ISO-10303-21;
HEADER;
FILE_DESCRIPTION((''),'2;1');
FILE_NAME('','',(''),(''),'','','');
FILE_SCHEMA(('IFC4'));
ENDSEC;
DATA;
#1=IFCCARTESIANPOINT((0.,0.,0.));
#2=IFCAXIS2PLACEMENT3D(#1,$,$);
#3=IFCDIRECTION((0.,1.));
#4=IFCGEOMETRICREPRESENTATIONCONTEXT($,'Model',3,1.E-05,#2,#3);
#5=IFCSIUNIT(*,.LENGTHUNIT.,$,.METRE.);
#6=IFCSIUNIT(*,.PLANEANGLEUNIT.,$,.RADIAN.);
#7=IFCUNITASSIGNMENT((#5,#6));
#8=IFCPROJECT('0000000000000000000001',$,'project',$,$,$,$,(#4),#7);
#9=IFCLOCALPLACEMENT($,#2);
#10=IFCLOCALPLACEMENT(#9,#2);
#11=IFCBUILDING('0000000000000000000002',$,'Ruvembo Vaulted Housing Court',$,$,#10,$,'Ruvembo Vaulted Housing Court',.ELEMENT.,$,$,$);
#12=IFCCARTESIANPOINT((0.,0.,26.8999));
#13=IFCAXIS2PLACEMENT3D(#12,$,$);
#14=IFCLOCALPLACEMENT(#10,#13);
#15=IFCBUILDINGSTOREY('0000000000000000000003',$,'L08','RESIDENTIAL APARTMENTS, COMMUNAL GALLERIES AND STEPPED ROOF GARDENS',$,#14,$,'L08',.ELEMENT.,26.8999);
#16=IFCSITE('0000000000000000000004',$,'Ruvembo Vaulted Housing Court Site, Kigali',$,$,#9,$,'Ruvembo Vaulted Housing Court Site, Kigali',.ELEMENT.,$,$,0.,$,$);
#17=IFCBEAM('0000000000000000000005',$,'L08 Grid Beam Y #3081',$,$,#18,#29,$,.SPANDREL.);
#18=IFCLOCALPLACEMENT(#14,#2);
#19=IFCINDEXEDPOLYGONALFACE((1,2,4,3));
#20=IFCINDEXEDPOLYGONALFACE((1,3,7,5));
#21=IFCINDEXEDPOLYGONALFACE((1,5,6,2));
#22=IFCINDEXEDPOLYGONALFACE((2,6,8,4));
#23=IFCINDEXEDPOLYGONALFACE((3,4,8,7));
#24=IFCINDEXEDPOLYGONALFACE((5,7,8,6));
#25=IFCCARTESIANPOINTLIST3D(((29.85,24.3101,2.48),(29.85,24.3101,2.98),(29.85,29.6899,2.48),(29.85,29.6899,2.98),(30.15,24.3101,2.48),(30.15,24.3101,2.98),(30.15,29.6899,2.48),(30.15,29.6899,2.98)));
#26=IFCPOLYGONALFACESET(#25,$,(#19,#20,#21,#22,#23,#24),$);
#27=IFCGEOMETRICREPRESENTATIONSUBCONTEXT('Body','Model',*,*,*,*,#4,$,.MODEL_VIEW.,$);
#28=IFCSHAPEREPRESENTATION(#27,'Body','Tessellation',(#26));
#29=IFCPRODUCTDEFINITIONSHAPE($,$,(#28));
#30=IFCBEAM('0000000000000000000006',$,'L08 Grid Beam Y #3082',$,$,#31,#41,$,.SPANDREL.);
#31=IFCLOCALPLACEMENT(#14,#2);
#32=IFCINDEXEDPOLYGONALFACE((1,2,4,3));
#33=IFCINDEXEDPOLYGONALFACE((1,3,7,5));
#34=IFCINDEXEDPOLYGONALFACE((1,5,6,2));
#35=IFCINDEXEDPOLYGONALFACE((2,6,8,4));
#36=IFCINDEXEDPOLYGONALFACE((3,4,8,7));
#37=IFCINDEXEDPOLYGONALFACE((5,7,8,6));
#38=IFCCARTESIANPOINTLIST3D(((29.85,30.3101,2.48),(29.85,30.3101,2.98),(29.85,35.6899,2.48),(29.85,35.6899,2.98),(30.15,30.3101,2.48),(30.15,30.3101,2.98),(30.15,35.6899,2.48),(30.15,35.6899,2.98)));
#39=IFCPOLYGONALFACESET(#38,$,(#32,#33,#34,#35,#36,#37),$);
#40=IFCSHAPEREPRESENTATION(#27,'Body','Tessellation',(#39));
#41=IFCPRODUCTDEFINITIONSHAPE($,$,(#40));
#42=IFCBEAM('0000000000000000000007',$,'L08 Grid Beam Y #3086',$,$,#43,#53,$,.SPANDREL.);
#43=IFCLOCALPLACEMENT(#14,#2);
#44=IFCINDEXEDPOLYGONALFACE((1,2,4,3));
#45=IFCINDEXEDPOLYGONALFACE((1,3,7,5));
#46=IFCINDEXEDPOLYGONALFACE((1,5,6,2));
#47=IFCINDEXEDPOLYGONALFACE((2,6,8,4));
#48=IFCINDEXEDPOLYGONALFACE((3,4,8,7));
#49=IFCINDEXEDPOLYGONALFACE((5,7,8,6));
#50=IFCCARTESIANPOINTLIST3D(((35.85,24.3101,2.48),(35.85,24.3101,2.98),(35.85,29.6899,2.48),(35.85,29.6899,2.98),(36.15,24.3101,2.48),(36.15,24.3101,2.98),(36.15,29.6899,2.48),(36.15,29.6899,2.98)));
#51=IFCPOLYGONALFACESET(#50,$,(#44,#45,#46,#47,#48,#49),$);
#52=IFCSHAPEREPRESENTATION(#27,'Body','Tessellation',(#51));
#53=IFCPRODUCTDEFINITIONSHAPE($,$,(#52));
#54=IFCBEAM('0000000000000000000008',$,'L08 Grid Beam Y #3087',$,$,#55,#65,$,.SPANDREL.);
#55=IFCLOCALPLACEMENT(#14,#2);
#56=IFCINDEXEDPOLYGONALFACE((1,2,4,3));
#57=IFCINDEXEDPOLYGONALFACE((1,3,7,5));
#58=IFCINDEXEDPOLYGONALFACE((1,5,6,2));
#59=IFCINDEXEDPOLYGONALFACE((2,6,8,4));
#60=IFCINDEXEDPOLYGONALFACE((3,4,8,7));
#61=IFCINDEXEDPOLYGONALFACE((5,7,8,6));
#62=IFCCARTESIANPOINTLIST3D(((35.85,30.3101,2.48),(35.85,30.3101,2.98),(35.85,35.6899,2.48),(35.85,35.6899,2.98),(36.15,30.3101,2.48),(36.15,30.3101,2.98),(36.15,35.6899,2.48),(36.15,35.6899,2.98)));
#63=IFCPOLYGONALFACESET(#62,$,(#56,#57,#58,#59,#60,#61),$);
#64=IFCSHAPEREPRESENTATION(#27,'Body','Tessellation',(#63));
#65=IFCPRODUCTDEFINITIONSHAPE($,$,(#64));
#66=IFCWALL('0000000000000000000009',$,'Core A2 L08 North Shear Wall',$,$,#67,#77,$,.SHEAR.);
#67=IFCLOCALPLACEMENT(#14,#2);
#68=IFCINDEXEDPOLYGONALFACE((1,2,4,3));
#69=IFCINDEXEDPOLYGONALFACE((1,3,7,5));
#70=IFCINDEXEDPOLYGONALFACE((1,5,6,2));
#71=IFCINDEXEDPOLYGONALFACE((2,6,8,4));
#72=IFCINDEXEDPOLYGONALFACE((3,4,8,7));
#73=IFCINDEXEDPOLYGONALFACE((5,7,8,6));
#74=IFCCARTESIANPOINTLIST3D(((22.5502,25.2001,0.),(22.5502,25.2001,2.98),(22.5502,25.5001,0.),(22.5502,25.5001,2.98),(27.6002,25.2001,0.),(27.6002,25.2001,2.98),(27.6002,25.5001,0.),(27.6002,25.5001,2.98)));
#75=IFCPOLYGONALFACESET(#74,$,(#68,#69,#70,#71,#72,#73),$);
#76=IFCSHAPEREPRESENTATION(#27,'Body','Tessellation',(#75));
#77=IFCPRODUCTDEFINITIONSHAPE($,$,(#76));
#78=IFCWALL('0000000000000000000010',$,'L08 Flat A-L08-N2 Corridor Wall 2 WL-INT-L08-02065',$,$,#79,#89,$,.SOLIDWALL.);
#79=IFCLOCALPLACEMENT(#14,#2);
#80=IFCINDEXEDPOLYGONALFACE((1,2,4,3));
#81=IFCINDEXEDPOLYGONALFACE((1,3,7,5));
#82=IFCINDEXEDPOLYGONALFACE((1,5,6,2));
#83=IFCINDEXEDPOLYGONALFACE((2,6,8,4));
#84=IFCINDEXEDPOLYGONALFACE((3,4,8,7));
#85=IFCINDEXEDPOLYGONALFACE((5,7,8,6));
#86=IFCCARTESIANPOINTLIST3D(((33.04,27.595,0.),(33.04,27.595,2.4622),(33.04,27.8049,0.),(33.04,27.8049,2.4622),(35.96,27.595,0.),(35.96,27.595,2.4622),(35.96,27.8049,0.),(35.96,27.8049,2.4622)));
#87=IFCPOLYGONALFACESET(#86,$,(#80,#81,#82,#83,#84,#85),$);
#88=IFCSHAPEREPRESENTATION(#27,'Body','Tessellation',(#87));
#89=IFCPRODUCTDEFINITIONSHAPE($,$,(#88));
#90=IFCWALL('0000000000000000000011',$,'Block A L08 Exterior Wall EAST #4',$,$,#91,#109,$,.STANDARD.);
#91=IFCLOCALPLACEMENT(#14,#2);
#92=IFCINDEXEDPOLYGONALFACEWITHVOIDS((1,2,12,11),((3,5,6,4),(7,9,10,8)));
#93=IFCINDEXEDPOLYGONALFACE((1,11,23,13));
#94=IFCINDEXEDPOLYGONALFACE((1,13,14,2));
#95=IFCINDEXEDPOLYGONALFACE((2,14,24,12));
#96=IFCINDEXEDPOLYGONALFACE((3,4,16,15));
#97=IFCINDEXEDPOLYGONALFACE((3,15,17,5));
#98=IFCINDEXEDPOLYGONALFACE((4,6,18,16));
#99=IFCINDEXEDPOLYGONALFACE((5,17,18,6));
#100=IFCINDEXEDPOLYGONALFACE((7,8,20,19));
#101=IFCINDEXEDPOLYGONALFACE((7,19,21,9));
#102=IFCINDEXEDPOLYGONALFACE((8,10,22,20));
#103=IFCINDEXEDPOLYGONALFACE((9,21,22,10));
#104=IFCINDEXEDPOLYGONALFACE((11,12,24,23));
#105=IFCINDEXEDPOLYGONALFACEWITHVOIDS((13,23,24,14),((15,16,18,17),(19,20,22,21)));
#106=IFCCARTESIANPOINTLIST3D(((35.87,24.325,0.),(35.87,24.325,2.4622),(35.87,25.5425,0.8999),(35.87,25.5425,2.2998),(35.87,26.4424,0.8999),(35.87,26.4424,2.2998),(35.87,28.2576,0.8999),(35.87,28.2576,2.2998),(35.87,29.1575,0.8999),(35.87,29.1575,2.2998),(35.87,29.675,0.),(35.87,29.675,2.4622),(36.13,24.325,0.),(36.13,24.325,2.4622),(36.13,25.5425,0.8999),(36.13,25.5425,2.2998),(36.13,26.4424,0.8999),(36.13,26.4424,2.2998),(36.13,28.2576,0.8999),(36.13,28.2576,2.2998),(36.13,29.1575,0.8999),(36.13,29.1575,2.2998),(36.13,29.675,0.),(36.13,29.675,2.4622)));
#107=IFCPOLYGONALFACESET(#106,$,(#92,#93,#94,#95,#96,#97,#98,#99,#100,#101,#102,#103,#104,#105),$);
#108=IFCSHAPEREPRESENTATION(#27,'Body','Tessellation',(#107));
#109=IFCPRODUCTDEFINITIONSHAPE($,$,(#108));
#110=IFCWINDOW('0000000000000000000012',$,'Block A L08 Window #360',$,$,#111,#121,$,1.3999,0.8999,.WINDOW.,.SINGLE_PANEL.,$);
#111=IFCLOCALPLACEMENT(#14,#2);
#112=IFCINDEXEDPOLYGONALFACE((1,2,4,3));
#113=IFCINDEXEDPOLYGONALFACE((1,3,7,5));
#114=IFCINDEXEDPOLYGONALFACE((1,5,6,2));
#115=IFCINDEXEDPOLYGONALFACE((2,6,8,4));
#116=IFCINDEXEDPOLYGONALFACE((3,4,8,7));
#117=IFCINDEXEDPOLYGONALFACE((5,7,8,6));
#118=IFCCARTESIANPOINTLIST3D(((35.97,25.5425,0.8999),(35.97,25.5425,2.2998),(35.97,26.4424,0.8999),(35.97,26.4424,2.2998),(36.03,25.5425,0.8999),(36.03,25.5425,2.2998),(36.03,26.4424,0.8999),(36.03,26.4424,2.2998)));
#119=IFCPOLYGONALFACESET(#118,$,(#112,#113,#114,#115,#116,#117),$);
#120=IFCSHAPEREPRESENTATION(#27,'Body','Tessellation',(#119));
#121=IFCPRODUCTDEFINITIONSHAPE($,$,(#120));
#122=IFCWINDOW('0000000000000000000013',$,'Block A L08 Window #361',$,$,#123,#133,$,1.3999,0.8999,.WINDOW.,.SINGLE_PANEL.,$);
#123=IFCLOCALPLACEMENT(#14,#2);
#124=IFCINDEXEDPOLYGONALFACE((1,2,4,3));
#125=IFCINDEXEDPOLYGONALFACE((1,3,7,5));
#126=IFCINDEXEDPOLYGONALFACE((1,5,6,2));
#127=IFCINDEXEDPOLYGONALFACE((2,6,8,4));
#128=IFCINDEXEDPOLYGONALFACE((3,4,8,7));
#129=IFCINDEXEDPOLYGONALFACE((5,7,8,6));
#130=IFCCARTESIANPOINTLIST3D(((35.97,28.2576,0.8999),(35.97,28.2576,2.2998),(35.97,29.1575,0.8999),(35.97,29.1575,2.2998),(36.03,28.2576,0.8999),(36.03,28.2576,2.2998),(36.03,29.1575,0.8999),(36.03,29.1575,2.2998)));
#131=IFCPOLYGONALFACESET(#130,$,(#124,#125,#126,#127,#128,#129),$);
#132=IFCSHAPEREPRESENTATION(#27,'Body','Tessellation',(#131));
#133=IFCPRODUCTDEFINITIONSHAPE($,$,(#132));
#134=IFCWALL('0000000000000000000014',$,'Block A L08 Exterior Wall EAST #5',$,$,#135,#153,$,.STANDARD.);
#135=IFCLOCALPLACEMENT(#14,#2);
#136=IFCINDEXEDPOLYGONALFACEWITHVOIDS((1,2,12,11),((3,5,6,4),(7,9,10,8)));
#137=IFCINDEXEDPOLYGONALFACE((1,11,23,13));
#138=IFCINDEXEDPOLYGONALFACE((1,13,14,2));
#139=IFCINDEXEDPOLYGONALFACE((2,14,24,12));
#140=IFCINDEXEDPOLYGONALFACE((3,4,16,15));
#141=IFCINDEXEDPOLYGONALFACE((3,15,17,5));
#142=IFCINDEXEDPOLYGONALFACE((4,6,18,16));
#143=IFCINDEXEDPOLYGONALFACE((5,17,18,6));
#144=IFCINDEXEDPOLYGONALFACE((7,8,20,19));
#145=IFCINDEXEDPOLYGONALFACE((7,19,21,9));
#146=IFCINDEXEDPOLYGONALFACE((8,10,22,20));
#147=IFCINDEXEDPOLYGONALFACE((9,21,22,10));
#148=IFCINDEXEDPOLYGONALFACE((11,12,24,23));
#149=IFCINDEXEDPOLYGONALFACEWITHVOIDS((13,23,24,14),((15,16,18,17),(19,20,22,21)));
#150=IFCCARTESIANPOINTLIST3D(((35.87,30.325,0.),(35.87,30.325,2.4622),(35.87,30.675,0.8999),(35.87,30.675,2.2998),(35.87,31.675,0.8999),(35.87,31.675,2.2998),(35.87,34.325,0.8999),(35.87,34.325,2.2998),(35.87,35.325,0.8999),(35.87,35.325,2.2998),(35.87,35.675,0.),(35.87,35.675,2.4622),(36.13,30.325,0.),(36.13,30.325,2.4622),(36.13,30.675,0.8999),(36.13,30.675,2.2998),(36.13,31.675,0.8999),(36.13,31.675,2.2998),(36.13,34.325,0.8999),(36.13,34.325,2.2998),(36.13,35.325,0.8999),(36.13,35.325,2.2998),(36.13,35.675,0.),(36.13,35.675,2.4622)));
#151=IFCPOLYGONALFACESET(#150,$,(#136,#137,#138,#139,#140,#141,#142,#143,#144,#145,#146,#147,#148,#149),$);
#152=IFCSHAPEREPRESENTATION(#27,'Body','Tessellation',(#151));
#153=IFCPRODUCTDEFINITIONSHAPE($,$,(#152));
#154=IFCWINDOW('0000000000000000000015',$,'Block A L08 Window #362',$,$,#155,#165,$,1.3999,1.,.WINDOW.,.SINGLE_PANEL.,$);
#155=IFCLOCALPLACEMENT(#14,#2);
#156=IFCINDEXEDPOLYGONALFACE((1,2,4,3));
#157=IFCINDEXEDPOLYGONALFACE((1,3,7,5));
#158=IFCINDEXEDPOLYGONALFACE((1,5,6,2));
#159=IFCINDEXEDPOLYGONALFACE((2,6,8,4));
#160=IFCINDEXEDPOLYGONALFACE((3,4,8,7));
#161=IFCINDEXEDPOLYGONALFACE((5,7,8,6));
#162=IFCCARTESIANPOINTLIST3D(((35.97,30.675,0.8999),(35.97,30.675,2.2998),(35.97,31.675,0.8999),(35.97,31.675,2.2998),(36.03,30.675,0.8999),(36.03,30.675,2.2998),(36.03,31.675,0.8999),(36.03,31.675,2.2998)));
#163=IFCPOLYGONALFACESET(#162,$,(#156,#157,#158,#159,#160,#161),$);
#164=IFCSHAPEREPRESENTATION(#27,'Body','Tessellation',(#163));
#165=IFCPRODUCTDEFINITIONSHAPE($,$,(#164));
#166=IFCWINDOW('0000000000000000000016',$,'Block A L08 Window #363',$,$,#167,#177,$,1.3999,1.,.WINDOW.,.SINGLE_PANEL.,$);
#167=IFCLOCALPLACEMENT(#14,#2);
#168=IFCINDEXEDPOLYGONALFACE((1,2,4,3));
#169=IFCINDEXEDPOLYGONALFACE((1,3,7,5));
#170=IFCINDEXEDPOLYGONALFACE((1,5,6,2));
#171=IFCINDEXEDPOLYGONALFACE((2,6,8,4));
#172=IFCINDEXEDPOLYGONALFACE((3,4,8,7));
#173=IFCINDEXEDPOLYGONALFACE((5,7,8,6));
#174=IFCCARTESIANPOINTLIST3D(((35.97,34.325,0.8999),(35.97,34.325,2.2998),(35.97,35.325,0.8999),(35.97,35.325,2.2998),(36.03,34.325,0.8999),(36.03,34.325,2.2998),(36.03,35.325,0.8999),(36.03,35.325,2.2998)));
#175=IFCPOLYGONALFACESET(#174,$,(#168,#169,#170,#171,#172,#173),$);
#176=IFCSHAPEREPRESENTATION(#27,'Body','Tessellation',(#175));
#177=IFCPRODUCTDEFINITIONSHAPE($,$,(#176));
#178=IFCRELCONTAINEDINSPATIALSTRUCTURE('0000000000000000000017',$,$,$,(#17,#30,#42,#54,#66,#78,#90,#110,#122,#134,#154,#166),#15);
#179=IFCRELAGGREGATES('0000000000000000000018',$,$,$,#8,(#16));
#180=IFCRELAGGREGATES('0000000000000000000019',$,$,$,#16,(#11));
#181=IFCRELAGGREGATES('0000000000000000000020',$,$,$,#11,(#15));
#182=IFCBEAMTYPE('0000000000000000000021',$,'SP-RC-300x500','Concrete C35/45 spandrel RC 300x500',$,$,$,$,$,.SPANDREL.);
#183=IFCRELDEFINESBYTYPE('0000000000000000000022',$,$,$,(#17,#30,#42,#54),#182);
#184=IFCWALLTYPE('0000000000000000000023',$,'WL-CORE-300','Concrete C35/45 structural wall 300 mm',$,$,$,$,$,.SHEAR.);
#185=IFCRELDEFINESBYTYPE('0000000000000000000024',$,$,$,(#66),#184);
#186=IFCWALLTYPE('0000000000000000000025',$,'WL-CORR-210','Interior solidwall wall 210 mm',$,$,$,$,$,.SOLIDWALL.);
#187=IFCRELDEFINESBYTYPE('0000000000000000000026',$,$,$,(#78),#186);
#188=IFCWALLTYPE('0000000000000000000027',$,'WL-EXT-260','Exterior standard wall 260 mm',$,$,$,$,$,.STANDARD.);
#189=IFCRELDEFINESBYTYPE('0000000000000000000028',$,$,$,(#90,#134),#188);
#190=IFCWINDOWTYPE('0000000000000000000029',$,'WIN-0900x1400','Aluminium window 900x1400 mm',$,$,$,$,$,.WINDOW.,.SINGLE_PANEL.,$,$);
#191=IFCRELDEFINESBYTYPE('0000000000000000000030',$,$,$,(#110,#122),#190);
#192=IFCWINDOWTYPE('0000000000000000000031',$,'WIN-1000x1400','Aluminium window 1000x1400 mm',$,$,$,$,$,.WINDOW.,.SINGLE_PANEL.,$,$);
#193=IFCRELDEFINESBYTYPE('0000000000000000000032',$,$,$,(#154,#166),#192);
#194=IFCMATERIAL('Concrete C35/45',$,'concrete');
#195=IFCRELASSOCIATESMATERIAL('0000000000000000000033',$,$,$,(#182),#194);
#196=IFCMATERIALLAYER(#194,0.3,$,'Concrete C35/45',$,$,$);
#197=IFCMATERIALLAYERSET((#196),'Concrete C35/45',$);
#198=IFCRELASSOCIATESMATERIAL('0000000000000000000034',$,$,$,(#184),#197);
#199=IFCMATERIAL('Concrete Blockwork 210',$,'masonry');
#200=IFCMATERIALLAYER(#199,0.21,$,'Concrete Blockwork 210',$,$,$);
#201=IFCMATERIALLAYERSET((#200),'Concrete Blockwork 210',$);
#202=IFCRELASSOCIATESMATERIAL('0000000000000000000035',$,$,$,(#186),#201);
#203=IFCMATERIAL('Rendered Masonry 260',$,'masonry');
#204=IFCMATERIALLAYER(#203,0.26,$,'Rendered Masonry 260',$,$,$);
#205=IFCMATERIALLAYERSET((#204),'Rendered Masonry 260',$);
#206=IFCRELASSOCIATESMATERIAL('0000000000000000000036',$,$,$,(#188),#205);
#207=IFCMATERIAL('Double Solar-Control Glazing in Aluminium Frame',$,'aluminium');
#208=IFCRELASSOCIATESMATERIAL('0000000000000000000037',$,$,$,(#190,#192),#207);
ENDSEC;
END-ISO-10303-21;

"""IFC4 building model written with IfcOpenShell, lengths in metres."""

from ifc_helpers import new_model, si_unit, direction, frame, frame_2d, origin, origin_2d, place, context, subcontext, project, spatial, rectangle, extrude, material, layer, layer_set, material_profile, profile_set, type_object, element, fill, save


model = new_model("IFC4")

# Units and contexts
model_context = context("Model", 3, precision=1e-05, world=origin(), true_north=direction((0.0, 1.0)))
body_context = subcontext(model_context, "Body", "Model", "MODEL_VIEW")
ifc_project = project(units=[si_unit("LENGTHUNIT", "METRE"), si_unit("PLANEANGLEUNIT", "RADIAN")], contexts=[model_context])

# Site, building, storey
site_placement = place(None, origin())
site = spatial("IfcSite", under=ifc_project, at=site_placement, Name="Ruvembo Vaulted Housing Court Site, Kigali", LongName="Ruvembo Vaulted Housing Court Site, Kigali", CompositionType="ELEMENT", RefElevation=0.0)
building_placement = place(site_placement, origin())
building = spatial("IfcBuilding", under=site, at=building_placement, Name="Ruvembo Vaulted Housing Court", LongName="Ruvembo Vaulted Housing Court", CompositionType="ELEMENT")
storey_placement = place(building_placement, frame((0.0, 0.0, 26.8999)))
storey = spatial("IfcBuildingStorey", under=building, at=storey_placement, Name="L08", Description="RESIDENTIAL APARTMENTS, COMMUNAL GALLERIES AND STEPPED ROOF GARDENS", LongName="L08", CompositionType="ELEMENT", Elevation=26.8999)

# Shared definitions
ifc_material_1 = material(Name="Concrete C35/45", Category="concrete")

# Beams
ifc_material_profile_1 = material_profile(ifc_material_1, rectangle(XDim=0.3, YDim=0.5, at=origin_2d()), Name="RC 300x500")
ifc_profile_set_1 = profile_set([ifc_material_profile_1], Name="Concrete C35/45")
beam_type_1 = type_object("IfcBeamType", Name="SP-RC-300x500", Description="Concrete C35/45 spandrel RC 300x500", PredefinedType="SPANDREL", material=ifc_profile_set_1)
for number, where, z_axis, x_axis, name in (
    (1, (30.0, 24.3101, 2.73), (0.0, 1.0, 0.0), (-1.0, 0.0, 0.0), "L08 Grid Beam Y #3081"),
    (2, (30.0, 30.3101, 2.73), (0.0, 1.0, 0.0), (-1.0, 0.0, 0.0), "L08 Grid Beam Y #3082"),
    (3, (36.0, 24.3101, 2.73), (0.0, 1.0, 0.0), (-1.0, 0.0, 0.0), "L08 Grid Beam Y #3086"),
    (4, (36.0, 30.3101, 2.73), (0.0, 1.0, 0.0), (-1.0, 0.0, 0.0), "L08 Grid Beam Y #3087"),
):
    element("IfcBeam", number, at=place(storey_placement, frame(where, z_axis=z_axis, x_axis=x_axis)), inside=storey, type_object=beam_type_1, Name=name, PredefinedType="SPANDREL", context=body_context, shape_type="SweptSolid", body=[
        extrude(rectangle(XDim=0.3, YDim=0.5, at=origin_2d()), origin(), (0.0, 0.0, 1.0), 5.3799),
    ])

# Walls
ifc_layer_1 = layer(ifc_material_1, 0.3, Name="Concrete C35/45")
ifc_layer_set_1 = layer_set([ifc_layer_1], Name="Concrete C35/45")
wall_type_1 = type_object("IfcWallType", Name="WL-CORE-300", Description="Concrete C35/45 structural wall 300 mm", PredefinedType="SHEAR", material=ifc_layer_set_1)
wall_1_placement = place(storey_placement, frame((27.6001, 25.3501, 0.0), z_axis=(0.0, 0.0, 1.0), x_axis=(-1.0, 0.0, 0.0)))
element("IfcWall", 5, at=wall_1_placement, inside=storey, type_object=wall_type_1, Name="Core A2 L08 North Shear Wall", PredefinedType="SHEAR", context=body_context, shape_type="SweptSolid", body=[
    extrude(rectangle(XDim=5.05, YDim=0.3, at=frame_2d((2.5249, 0.0))), origin(), (0.0, 0.0, 1.0), 2.98),
])
ifc_material_2 = material(Name="Concrete Blockwork 210", Category="masonry")
ifc_layer_2 = layer(ifc_material_2, 0.21, Name="Concrete Blockwork 210")
ifc_layer_set_2 = layer_set([ifc_layer_2], Name="Concrete Blockwork 210")
wall_type_2 = type_object("IfcWallType", Name="WL-CORR-210", Description="Interior solidwall wall 210 mm", PredefinedType="SOLIDWALL", material=ifc_layer_set_2)
wall_2_placement = place(storey_placement, frame((33.04, 27.7, 0.0), z_axis=(0.0, 0.0, 1.0), x_axis=(1.0, 0.0, 0.0)))
element("IfcWall", 6, at=wall_2_placement, inside=storey, type_object=wall_type_2, Name="L08 Flat A-L08-N2 Corridor Wall 2 WL-INT-L08-02065", PredefinedType="SOLIDWALL", context=body_context, shape_type="SweptSolid", body=[
    extrude(rectangle(XDim=2.9199, YDim=0.21, at=frame_2d((1.46, 0.0))), origin(), (0.0, 0.0, 1.0), 2.4622),
])

# Walls, openings, windows
ifc_material_3 = material(Name="Rendered Masonry 260", Category="masonry")
ifc_layer_3 = layer(ifc_material_3, 0.26, Name="Rendered Masonry 260")
ifc_layer_set_3 = layer_set([ifc_layer_3], Name="Rendered Masonry 260")
wall_type_3 = type_object("IfcWallType", Name="WL-EXT-260", Description="Exterior standard wall 260 mm", PredefinedType="STANDARD", material=ifc_layer_set_3)
wall_3_placement = place(storey_placement, frame((36.0, 24.325, 0.0), z_axis=(0.0, 0.0, 1.0), x_axis=(0.0, 1.0, 0.0)))
wall_3 = element("IfcWall", 7, at=wall_3_placement, inside=storey, type_object=wall_type_3, Name="Block A L08 Exterior Wall EAST #4", PredefinedType="STANDARD", context=body_context, shape_type="SweptSolid", body=[
    extrude(rectangle(XDim=5.3501, YDim=0.26, at=frame_2d((2.675, 0.0))), origin(), (0.0, 0.0, 1.0), 2.4622),
])
opening_1_placement = place(wall_3_placement, frame((1.2175, 0.0, 0.8999)))
opening_1 = element("IfcOpeningElement", 8, at=opening_1_placement, cuts=wall_3, PredefinedType="OPENING", context=body_context, shape_type="SweptSolid", body=[
    extrude(rectangle(XDim=0.8999, YDim=1.3999, at=frame_2d((0.45, 0.7))), frame((0.0, 0.1399, 0.0), z_axis=(0.0, -1.0, 0.0), x_axis=(1.0, 0.0, 0.0)), (0.0, 0.0, 1.0), 0.28),
])
opening_2_placement = place(wall_3_placement, frame((3.9326, 0.0, 0.8999)))
opening_2 = element("IfcOpeningElement", 9, at=opening_2_placement, cuts=wall_3, PredefinedType="OPENING", context=body_context, shape_type="SweptSolid", body=[
    extrude(rectangle(XDim=0.8999, YDim=1.3999, at=frame_2d((0.45, 0.7))), frame((0.0, 0.1399, 0.0), z_axis=(0.0, -1.0, 0.0), x_axis=(1.0, 0.0, 0.0)), (0.0, 0.0, 1.0), 0.28),
])
ifc_material_4 = material(Name="Double Solar-Control Glazing in Aluminium Frame", Category="aluminium")
window_type_1 = type_object("IfcWindowType", Name="WIN-0900x1400", Description="Aluminium window 900x1400 mm", PartitioningType="SINGLE_PANEL", PredefinedType="WINDOW", material=ifc_material_4)
window_1_placement = place(opening_1_placement, origin())
window_1 = element("IfcWindow", 10, at=window_1_placement, inside=storey, type_object=window_type_1, Name="Block A L08 Window #360", OverallHeight=1.3999, OverallWidth=0.8999, PartitioningType="SINGLE_PANEL", PredefinedType="WINDOW", context=body_context, shape_type="SweptSolid", body=[
    extrude(rectangle(XDim=0.8999, YDim=1.3999, at=frame_2d((0.45, 0.7))), frame((0.0, 0.03, 0.0), z_axis=(0.0, -1.0, 0.0), x_axis=(1.0, 0.0, 0.0)), (0.0, 0.0, 1.0), 0.0601),
])
fill(opening_1, window_1)
window_2_placement = place(opening_2_placement, origin())
window_2 = element("IfcWindow", 11, at=window_2_placement, inside=storey, type_object=window_type_1, Name="Block A L08 Window #361", OverallHeight=1.3999, OverallWidth=0.8999, PartitioningType="SINGLE_PANEL", PredefinedType="WINDOW", context=body_context, shape_type="SweptSolid", body=[
    extrude(rectangle(XDim=0.8999, YDim=1.3999, at=frame_2d((0.45, 0.7))), frame((0.0, 0.03, 0.0), z_axis=(0.0, -1.0, 0.0), x_axis=(1.0, 0.0, 0.0)), (0.0, 0.0, 1.0), 0.0601),
])
fill(opening_2, window_2)
wall_4_placement = place(storey_placement, frame((36.0, 30.325, 0.0), z_axis=(0.0, 0.0, 1.0), x_axis=(0.0, 1.0, 0.0)))
wall_4 = element("IfcWall", 12, at=wall_4_placement, inside=storey, type_object=wall_type_3, Name="Block A L08 Exterior Wall EAST #5", PredefinedType="STANDARD", context=body_context, shape_type="SweptSolid", body=[
    extrude(rectangle(XDim=5.3501, YDim=0.26, at=frame_2d((2.675, 0.0))), origin(), (0.0, 0.0, 1.0), 2.4622),
])
opening_3_placement = place(wall_4_placement, frame((0.3501, 0.0, 0.8999)))
opening_3 = element("IfcOpeningElement", 13, at=opening_3_placement, cuts=wall_4, PredefinedType="OPENING", context=body_context, shape_type="SweptSolid", body=[
    extrude(rectangle(XDim=1.0, YDim=1.3999, at=frame_2d((0.5, 0.7))), frame((0.0, 0.1399, 0.0), z_axis=(0.0, -1.0, 0.0), x_axis=(1.0, 0.0, 0.0)), (0.0, 0.0, 1.0), 0.28),
])
opening_4_placement = place(wall_4_placement, frame((4.0, 0.0, 0.8999)))
opening_4 = element("IfcOpeningElement", 14, at=opening_4_placement, cuts=wall_4, PredefinedType="OPENING", context=body_context, shape_type="SweptSolid", body=[
    extrude(rectangle(XDim=1.0, YDim=1.3999, at=frame_2d((0.5, 0.7))), frame((0.0, 0.1399, 0.0), z_axis=(0.0, -1.0, 0.0), x_axis=(1.0, 0.0, 0.0)), (0.0, 0.0, 1.0), 0.28),
])
window_type_2 = type_object("IfcWindowType", Name="WIN-1000x1400", Description="Aluminium window 1000x1400 mm", PartitioningType="SINGLE_PANEL", PredefinedType="WINDOW", material=ifc_material_4)
window_3_placement = place(opening_3_placement, origin())
window_3 = element("IfcWindow", 15, at=window_3_placement, inside=storey, type_object=window_type_2, Name="Block A L08 Window #362", OverallHeight=1.3999, OverallWidth=1.0, PartitioningType="SINGLE_PANEL", PredefinedType="WINDOW", context=body_context, shape_type="SweptSolid", body=[
    extrude(rectangle(XDim=1.0, YDim=1.3999, at=frame_2d((0.5, 0.7))), frame((0.0, 0.03, 0.0), z_axis=(0.0, -1.0, 0.0), x_axis=(1.0, 0.0, 0.0)), (0.0, 0.0, 1.0), 0.0601),
])
fill(opening_3, window_3)
window_4_placement = place(opening_4_placement, origin())
window_4 = element("IfcWindow", 16, at=window_4_placement, inside=storey, type_object=window_type_2, Name="Block A L08 Window #363", OverallHeight=1.3999, OverallWidth=1.0, PartitioningType="SINGLE_PANEL", PredefinedType="WINDOW", context=body_context, shape_type="SweptSolid", body=[
    extrude(rectangle(XDim=1.0, YDim=1.3999, at=frame_2d((0.5, 0.7))), frame((0.0, 0.03, 0.0), z_axis=(0.0, -1.0, 0.0), x_axis=(1.0, 0.0, 0.0)), (0.0, 0.0, 1.0), 0.0601),
])
fill(opening_4, window_4)

save(model, "model.ifc")
